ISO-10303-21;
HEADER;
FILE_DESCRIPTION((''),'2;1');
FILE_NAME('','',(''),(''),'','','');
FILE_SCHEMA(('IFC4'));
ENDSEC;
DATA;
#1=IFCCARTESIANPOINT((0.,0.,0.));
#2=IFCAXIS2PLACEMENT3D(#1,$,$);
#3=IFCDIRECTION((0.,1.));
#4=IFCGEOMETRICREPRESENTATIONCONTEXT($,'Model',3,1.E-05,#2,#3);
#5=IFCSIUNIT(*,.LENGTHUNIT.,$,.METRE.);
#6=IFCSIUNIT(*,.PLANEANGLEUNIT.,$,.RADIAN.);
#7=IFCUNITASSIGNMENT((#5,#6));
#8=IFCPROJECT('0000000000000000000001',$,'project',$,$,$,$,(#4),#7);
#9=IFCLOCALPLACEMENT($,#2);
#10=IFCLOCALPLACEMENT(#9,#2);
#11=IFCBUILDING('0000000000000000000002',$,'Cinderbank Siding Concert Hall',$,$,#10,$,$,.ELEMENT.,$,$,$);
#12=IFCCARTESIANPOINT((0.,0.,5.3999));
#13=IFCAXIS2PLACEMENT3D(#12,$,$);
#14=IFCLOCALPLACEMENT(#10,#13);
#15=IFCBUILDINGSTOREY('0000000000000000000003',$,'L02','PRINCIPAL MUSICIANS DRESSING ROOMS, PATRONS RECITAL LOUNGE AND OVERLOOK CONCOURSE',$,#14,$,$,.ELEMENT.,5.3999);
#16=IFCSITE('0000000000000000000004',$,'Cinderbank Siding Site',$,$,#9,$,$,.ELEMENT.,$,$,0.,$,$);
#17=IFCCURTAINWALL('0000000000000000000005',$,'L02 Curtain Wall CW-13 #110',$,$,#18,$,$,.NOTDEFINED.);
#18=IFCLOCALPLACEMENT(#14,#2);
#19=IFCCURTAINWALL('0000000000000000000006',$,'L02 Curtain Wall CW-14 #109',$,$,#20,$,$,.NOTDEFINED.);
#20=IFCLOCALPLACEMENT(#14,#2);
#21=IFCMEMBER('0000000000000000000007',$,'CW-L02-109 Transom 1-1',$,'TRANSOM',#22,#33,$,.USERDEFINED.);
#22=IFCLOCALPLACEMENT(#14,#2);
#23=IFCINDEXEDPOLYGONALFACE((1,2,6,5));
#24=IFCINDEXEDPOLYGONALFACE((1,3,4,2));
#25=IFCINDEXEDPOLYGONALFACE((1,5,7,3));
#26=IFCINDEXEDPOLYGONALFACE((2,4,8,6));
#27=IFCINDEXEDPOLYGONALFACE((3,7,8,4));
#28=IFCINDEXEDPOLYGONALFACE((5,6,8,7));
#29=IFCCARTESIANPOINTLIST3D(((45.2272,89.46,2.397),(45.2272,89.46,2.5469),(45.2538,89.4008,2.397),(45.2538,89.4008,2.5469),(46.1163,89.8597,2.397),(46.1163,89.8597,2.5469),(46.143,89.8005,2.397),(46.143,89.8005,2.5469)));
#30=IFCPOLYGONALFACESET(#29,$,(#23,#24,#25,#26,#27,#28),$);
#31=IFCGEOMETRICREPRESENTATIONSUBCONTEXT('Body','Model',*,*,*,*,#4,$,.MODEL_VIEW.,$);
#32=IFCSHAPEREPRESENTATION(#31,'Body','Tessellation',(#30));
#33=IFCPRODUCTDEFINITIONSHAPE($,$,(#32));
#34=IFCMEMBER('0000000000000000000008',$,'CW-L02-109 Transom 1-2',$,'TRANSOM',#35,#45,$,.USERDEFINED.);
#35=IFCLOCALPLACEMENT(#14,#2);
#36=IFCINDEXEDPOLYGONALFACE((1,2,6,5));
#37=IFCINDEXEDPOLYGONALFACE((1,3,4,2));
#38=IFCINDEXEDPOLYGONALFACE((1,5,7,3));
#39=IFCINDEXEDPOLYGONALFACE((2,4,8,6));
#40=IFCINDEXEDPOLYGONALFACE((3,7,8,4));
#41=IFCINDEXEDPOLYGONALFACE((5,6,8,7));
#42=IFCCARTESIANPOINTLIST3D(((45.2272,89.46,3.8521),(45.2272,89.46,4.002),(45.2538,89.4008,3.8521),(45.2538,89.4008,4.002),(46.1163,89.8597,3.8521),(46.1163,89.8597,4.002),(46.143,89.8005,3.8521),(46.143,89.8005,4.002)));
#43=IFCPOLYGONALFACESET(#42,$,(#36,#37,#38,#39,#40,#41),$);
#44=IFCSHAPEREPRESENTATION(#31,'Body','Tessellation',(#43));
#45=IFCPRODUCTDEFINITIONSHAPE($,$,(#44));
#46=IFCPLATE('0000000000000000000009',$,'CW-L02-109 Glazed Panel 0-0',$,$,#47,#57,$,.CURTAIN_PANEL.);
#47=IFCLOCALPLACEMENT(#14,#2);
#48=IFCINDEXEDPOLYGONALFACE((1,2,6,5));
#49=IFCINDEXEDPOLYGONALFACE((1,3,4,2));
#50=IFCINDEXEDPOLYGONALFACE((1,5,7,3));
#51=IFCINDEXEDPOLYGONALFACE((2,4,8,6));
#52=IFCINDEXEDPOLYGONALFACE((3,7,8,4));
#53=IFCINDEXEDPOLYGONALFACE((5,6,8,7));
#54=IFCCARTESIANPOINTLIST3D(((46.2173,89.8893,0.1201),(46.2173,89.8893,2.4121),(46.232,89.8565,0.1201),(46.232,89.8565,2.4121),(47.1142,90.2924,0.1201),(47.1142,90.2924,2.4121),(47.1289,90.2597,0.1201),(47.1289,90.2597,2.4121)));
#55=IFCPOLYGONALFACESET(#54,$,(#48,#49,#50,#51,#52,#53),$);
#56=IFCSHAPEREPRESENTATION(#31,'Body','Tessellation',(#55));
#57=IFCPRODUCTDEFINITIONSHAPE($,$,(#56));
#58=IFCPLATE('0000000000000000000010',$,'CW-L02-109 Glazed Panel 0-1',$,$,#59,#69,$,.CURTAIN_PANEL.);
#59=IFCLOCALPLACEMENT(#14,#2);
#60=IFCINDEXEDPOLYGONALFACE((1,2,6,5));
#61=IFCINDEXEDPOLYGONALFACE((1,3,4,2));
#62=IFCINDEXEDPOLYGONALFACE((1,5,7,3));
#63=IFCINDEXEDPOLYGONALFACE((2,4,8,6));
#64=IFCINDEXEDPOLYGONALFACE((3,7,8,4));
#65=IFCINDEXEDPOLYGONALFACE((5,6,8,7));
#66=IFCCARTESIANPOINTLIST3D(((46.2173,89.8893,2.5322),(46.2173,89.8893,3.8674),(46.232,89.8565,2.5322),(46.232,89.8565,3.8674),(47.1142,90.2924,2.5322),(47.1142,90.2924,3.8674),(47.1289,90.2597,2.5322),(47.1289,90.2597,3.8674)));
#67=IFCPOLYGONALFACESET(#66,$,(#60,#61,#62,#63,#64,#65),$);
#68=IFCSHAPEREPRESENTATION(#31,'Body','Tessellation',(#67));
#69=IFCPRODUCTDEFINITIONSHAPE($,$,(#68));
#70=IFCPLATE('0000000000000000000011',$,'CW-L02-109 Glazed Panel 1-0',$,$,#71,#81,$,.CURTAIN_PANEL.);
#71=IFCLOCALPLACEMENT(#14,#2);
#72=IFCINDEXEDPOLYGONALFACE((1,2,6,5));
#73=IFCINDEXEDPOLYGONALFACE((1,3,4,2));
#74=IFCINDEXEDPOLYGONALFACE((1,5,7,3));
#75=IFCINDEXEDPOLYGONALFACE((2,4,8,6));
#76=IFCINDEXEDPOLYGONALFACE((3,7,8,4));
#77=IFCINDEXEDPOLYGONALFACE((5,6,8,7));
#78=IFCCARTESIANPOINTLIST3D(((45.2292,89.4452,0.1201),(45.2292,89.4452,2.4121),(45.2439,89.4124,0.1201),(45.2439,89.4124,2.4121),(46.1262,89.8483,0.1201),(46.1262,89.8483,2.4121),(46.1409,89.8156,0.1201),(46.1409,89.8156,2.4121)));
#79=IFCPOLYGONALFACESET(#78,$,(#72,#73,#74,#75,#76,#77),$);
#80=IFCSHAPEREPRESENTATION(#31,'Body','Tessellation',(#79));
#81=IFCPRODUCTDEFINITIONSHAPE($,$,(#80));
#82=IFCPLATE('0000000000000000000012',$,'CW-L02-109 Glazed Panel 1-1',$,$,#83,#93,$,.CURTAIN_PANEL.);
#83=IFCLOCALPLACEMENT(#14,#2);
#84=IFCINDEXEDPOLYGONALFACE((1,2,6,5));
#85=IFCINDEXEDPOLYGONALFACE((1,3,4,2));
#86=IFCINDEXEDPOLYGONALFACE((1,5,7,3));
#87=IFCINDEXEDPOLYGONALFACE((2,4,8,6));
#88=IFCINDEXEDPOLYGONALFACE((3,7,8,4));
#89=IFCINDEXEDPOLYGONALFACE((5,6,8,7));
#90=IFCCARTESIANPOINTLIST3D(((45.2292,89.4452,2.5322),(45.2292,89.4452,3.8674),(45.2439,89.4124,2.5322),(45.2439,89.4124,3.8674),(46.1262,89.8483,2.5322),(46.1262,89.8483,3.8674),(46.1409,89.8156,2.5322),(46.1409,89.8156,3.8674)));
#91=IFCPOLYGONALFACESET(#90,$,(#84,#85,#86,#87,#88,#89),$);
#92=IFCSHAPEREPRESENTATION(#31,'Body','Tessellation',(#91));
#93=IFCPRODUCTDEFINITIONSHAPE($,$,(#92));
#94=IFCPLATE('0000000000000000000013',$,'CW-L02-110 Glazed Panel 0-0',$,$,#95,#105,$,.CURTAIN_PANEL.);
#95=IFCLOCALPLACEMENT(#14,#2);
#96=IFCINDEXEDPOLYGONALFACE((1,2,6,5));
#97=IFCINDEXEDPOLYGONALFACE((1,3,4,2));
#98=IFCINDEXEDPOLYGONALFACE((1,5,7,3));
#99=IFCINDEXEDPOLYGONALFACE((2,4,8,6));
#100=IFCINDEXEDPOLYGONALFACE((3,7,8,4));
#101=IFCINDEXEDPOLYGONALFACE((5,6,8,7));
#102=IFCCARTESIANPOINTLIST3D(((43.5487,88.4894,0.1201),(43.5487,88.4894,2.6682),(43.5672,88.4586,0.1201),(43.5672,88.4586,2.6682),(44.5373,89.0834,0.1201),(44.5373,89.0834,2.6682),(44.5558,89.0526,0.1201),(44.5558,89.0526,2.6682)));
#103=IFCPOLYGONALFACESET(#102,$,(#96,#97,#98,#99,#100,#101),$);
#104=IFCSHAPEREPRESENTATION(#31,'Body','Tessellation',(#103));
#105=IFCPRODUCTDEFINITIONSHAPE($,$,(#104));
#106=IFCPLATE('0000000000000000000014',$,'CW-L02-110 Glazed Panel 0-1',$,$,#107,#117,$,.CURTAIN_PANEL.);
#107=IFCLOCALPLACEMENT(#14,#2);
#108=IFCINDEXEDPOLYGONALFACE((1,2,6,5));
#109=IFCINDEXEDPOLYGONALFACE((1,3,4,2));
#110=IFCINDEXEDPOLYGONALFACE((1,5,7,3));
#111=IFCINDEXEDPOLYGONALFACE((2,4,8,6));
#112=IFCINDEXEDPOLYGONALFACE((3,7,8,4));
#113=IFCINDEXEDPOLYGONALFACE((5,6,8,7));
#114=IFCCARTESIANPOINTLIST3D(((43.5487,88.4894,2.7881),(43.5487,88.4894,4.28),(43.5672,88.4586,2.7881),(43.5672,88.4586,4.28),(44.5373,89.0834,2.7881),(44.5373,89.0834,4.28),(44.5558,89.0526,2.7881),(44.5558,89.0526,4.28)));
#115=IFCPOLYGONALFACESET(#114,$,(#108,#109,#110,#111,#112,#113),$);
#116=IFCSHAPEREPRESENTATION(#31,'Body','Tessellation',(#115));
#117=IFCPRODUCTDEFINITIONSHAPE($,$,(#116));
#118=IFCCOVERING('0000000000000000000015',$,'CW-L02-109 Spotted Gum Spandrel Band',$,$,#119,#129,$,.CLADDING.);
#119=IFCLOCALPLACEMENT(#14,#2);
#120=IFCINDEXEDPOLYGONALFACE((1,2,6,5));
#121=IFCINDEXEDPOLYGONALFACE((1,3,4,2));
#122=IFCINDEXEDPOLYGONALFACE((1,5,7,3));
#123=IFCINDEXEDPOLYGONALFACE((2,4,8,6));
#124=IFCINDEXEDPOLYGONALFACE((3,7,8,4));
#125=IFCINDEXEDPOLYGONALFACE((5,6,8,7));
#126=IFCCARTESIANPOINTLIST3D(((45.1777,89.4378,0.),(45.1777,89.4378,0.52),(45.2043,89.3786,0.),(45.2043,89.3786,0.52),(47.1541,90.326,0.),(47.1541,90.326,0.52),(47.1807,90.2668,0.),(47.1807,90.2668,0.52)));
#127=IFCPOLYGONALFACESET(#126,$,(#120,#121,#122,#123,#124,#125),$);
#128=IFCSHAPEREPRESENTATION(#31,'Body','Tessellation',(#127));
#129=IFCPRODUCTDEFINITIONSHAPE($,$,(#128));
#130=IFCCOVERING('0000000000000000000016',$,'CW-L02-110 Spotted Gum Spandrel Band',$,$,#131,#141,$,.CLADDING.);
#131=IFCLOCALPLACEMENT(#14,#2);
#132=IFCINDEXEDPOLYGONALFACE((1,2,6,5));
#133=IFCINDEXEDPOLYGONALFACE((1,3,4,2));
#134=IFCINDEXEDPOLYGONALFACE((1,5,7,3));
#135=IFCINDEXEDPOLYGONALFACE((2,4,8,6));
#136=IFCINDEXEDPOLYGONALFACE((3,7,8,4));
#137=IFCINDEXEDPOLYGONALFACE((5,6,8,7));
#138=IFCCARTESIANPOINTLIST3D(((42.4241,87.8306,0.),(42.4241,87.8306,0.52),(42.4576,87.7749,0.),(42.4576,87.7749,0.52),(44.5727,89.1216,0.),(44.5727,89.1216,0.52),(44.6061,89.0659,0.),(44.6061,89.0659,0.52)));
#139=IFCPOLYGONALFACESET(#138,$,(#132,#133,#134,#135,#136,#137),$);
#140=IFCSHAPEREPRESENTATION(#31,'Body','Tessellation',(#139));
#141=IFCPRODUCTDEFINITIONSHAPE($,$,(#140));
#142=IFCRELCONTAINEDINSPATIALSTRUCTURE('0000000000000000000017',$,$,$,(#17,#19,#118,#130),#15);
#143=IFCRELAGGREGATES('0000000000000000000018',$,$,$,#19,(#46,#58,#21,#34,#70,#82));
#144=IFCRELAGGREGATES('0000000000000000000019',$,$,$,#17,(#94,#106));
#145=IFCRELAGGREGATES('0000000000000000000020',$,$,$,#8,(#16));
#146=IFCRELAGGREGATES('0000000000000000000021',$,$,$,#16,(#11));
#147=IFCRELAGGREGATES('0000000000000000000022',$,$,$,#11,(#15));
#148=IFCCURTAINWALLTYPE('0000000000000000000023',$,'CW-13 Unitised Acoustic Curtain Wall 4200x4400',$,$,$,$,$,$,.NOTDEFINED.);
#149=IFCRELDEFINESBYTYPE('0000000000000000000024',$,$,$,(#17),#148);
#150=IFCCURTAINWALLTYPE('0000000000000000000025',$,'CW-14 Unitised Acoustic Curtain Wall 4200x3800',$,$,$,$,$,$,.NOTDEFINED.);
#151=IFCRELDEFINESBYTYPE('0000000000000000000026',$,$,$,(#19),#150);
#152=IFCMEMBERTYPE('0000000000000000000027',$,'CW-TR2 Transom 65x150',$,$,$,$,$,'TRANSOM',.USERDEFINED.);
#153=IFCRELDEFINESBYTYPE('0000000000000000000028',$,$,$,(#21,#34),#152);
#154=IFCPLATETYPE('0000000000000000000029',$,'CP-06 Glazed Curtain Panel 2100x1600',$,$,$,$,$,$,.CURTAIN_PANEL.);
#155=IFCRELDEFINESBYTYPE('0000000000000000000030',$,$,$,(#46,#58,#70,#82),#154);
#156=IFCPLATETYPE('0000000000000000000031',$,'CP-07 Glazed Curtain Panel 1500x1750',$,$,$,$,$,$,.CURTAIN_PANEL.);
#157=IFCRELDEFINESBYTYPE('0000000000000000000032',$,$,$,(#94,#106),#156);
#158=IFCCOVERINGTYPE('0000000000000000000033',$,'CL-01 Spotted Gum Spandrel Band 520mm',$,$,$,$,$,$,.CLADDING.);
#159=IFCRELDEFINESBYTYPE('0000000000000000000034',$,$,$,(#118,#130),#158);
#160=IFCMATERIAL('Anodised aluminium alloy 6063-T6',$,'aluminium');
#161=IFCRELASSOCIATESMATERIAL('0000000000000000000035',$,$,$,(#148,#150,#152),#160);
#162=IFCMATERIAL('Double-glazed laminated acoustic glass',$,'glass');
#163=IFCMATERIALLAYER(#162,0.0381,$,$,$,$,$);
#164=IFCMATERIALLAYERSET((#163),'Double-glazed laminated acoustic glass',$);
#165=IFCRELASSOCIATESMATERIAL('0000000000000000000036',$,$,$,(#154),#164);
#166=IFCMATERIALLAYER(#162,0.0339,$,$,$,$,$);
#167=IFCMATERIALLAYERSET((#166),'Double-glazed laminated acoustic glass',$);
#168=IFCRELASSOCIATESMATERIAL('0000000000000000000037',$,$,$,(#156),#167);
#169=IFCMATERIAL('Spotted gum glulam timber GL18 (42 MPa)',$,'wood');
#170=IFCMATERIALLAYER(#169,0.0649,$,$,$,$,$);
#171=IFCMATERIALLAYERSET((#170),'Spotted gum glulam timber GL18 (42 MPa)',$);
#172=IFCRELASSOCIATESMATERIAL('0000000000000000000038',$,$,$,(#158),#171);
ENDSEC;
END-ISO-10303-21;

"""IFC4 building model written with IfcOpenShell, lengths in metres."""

from ifc_helpers import new_model, si_unit, direction, frame, origin, origin_2d, place, context, subcontext, project, spatial, rectangle, extrude, material, layer, layer_set, material_profile, profile_set, type_object, element, aggregate, save


model = new_model("IFC4")

# Units and contexts
model_context = context("Model", 3, precision=1e-05, world=origin(), true_north=direction((0.0, 1.0)))
body_context = subcontext(model_context, "Body", "Model", "MODEL_VIEW")
ifc_project = project(units=[si_unit("LENGTHUNIT", "METRE"), si_unit("PLANEANGLEUNIT", "RADIAN")], contexts=[model_context])

# Site, building, storey
site_placement = place(None, origin())
site = spatial("IfcSite", under=ifc_project, at=site_placement, Name="Cinderbank Siding Site", CompositionType="ELEMENT", RefElevation=0.0)
building_placement = place(site_placement, origin())
building = spatial("IfcBuilding", under=site, at=building_placement, Name="Cinderbank Siding Concert Hall", CompositionType="ELEMENT")
storey_placement = place(building_placement, frame((0.0, 0.0, 5.3999)))
storey = spatial("IfcBuildingStorey", under=building, at=storey_placement, Name="L02", Description="PRINCIPAL MUSICIANS DRESSING ROOMS, PATRONS RECITAL LOUNGE AND OVERLOOK CONCOURSE", CompositionType="ELEMENT", Elevation=5.3999)

# Curtain walls
ifc_material_1 = material(Name="Anodised aluminium alloy 6063-T6", Category="aluminium")
curtain_wall_type_1 = type_object("IfcCurtainWallType", Name="CW-13 Unitised Acoustic Curtain Wall 4200x4400", PredefinedType="NOTDEFINED", material=ifc_material_1)
curtain_wall_1_placement = place(storey_placement, origin())
curtain_wall_1 = element("IfcCurtainWall", 1, at=curtain_wall_1_placement, inside=storey, type_object=curtain_wall_type_1, Name="L02 Curtain Wall CW-13 #110", PredefinedType="NOTDEFINED")
curtain_wall_type_2 = type_object("IfcCurtainWallType", Name="CW-14 Unitised Acoustic Curtain Wall 4200x3800", PredefinedType="NOTDEFINED", material=ifc_material_1)
curtain_wall_2_placement = place(storey_placement, origin())
curtain_wall_2 = element("IfcCurtainWall", 2, at=curtain_wall_2_placement, inside=storey, type_object=curtain_wall_type_2, Name="L02 Curtain Wall CW-14 #109", PredefinedType="NOTDEFINED")

# Members
ifc_material_profile_1 = material_profile(ifc_material_1, rectangle(XDim=0.0649, YDim=0.1499, at=origin_2d()), Name="ALU-TRAN-65x150", Category="LoadBearing")
ifc_profile_set_1 = profile_set([ifc_material_profile_1], Name="Anodised aluminium alloy 6063-T6")
member_type_1 = type_object("IfcMemberType", Name="CW-TR2 Transom 65x150", ElementType="TRANSOM", PredefinedType="USERDEFINED", material=ifc_profile_set_1)
member_1_placement = place(storey_placement, frame((46.1296, 89.8301, 2.4719), z_axis=(-0.912099, -0.409969, 0.0), x_axis=(0.409969, -0.912099, 0.0)))
member_1 = element("IfcMember", 3, at=member_1_placement, type_object=member_type_1, Name="CW-L02-109 Transom 1-1", ObjectType="TRANSOM", PredefinedType="USERDEFINED", context=body_context, shape_type="SweptSolid", body=[
    extrude(rectangle(XDim=0.0649, YDim=0.1499, at=origin_2d()), origin(), (0.0, 0.0, 1.0), 0.9749),
])
member_2_placement = place(storey_placement, frame((46.1296, 89.8301, 3.927), z_axis=(-0.912099, -0.409969, 0.0), x_axis=(0.409969, -0.912099, 0.0)))
member_2 = element("IfcMember", 4, at=member_2_placement, type_object=member_type_1, Name="CW-L02-109 Transom 1-2", ObjectType="TRANSOM", PredefinedType="USERDEFINED", context=body_context, shape_type="SweptSolid", body=[
    extrude(rectangle(XDim=0.0649, YDim=0.1499, at=origin_2d()), origin(), (0.0, 0.0, 1.0), 0.9749),
])

# Plates
ifc_material_2 = material(Name="Double-glazed laminated acoustic glass", Category="glass")
ifc_layer_1 = layer(ifc_material_2, 0.0381)
ifc_layer_set_1 = layer_set([ifc_layer_1], Name="Double-glazed laminated acoustic glass")
plate_type_1 = type_object("IfcPlateType", Name="CP-06 Glazed Curtain Panel 2100x1600", PredefinedType="CURTAIN_PANEL", material=ifc_layer_set_1)
plate_1_placement = place(storey_placement, frame((46.6731, 90.0745, 0.1201), z_axis=(0.0, 0.0, 1.0), x_axis=(-0.912122, -0.409919, 0.0)))
plate_1 = element("IfcPlate", 5, at=plate_1_placement, type_object=plate_type_1, Name="CW-L02-109 Glazed Panel 0-0", PredefinedType="CURTAIN_PANEL", context=body_context, shape_type="SweptSolid", body=[
    extrude(rectangle(XDim=0.9834, YDim=0.0359, at=origin_2d()), origin(), (0.0, 0.0, 1.0), 2.292),
])
plate_2_placement = place(storey_placement, frame((46.6731, 90.0745, 2.5322), z_axis=(0.0, 0.0, 1.0), x_axis=(-0.912122, -0.409919, 0.0)))
plate_2 = element("IfcPlate", 6, at=plate_2_placement, type_object=plate_type_1, Name="CW-L02-109 Glazed Panel 0-1", PredefinedType="CURTAIN_PANEL", context=body_context, shape_type="SweptSolid", body=[
    extrude(rectangle(XDim=0.9834, YDim=0.0359, at=origin_2d()), origin(), (0.0, 0.0, 1.0), 1.3352),
])
plate_3_placement = place(storey_placement, frame((45.6851, 89.6304, 0.1201), z_axis=(0.0, 0.0, 1.0), x_axis=(-0.912122, -0.409919, 0.0)))
plate_3 = element("IfcPlate", 7, at=plate_3_placement, type_object=plate_type_1, Name="CW-L02-109 Glazed Panel 1-0", PredefinedType="CURTAIN_PANEL", context=body_context, shape_type="SweptSolid", body=[
    extrude(rectangle(XDim=0.9834, YDim=0.0359, at=origin_2d()), origin(), (0.0, 0.0, 1.0), 2.292),
])
plate_4_placement = place(storey_placement, frame((45.6851, 89.6304, 2.5322), z_axis=(0.0, 0.0, 1.0), x_axis=(-0.912122, -0.409919, 0.0)))
plate_4 = element("IfcPlate", 8, at=plate_4_placement, type_object=plate_type_1, Name="CW-L02-109 Glazed Panel 1-1", PredefinedType="CURTAIN_PANEL", context=body_context, shape_type="SweptSolid", body=[
    extrude(rectangle(XDim=0.9834, YDim=0.0359, at=origin_2d()), origin(), (0.0, 0.0, 1.0), 1.3352),
])
aggregate(curtain_wall_2, [plate_1, plate_2, member_1, member_2, plate_3, plate_4])
ifc_layer_2 = layer(ifc_material_2, 0.0339)
ifc_layer_set_2 = layer_set([ifc_layer_2], Name="Double-glazed laminated acoustic glass")
plate_type_2 = type_object("IfcPlateType", Name="CP-07 Glazed Curtain Panel 1500x1750", PredefinedType="CURTAIN_PANEL", material=ifc_layer_set_2)
plate_5_placement = place(storey_placement, frame((44.0522, 88.771, 0.1201), z_axis=(0.0, 0.0, 1.0), x_axis=(-0.857161, -0.515048, 0.0)))
plate_5 = element("IfcPlate", 9, at=plate_5_placement, type_object=plate_type_2, Name="CW-L02-110 Glazed Panel 0-0", PredefinedType="CURTAIN_PANEL", context=body_context, shape_type="SweptSolid", body=[
    extrude(rectangle(XDim=1.1533, YDim=0.0359, at=origin_2d()), origin(), (0.0, 0.0, 1.0), 2.5481),
])
plate_6_placement = place(storey_placement, frame((44.0522, 88.771, 2.7881), z_axis=(0.0, 0.0, 1.0), x_axis=(-0.857161, -0.515048, 0.0)))
plate_6 = element("IfcPlate", 10, at=plate_6_placement, type_object=plate_type_2, Name="CW-L02-110 Glazed Panel 0-1", PredefinedType="CURTAIN_PANEL", context=body_context, shape_type="SweptSolid", body=[
    extrude(rectangle(XDim=1.1533, YDim=0.0359, at=origin_2d()), origin(), (0.0, 0.0, 1.0), 1.4919),
])
aggregate(curtain_wall_1, [plate_5, plate_6])

# Coverings
ifc_material_3 = material(Name="Spotted gum glulam timber GL18 (42 MPa)", Category="wood")
ifc_layer_3 = layer(ifc_material_3, 0.0649)
ifc_layer_set_3 = layer_set([ifc_layer_3], Name="Spotted gum glulam timber GL18 (42 MPa)")
covering_type = type_object("IfcCoveringType", Name="CL-01 Spotted Gum Spandrel Band 520mm", PredefinedType="CLADDING", material=ifc_layer_set_3)
covering_1_placement = place(storey_placement, frame((46.1792, 89.8523, 0.0), z_axis=(0.0, 0.0, 1.0), x_axis=(-0.912122, -0.409919, 0.0)))
element("IfcCovering", 11, at=covering_1_placement, inside=storey, type_object=covering_type, Name="CW-L02-109 Spotted Gum Spandrel Band", PredefinedType="CLADDING", context=body_context, shape_type="SweptSolid", body=[
    extrude(rectangle(XDim=2.1667, YDim=0.0649, at=origin_2d()), origin(), (0.0, 0.0, 1.0), 0.52),
])
covering_2_placement = place(storey_placement, frame((43.5151, 88.4482, 0.0), z_axis=(0.0, 0.0, 1.0), x_axis=(-0.857161, -0.515048, 0.0)))
element("IfcCovering", 12, at=covering_2_placement, inside=storey, type_object=covering_type, Name="CW-L02-110 Spotted Gum Spandrel Band", PredefinedType="CLADDING", context=body_context, shape_type="SweptSolid", body=[
    extrude(rectangle(XDim=2.5066, YDim=0.0649, at=origin_2d()), origin(), (0.0, 0.0, 1.0), 0.52),
])

save(model, "model.ifc")
